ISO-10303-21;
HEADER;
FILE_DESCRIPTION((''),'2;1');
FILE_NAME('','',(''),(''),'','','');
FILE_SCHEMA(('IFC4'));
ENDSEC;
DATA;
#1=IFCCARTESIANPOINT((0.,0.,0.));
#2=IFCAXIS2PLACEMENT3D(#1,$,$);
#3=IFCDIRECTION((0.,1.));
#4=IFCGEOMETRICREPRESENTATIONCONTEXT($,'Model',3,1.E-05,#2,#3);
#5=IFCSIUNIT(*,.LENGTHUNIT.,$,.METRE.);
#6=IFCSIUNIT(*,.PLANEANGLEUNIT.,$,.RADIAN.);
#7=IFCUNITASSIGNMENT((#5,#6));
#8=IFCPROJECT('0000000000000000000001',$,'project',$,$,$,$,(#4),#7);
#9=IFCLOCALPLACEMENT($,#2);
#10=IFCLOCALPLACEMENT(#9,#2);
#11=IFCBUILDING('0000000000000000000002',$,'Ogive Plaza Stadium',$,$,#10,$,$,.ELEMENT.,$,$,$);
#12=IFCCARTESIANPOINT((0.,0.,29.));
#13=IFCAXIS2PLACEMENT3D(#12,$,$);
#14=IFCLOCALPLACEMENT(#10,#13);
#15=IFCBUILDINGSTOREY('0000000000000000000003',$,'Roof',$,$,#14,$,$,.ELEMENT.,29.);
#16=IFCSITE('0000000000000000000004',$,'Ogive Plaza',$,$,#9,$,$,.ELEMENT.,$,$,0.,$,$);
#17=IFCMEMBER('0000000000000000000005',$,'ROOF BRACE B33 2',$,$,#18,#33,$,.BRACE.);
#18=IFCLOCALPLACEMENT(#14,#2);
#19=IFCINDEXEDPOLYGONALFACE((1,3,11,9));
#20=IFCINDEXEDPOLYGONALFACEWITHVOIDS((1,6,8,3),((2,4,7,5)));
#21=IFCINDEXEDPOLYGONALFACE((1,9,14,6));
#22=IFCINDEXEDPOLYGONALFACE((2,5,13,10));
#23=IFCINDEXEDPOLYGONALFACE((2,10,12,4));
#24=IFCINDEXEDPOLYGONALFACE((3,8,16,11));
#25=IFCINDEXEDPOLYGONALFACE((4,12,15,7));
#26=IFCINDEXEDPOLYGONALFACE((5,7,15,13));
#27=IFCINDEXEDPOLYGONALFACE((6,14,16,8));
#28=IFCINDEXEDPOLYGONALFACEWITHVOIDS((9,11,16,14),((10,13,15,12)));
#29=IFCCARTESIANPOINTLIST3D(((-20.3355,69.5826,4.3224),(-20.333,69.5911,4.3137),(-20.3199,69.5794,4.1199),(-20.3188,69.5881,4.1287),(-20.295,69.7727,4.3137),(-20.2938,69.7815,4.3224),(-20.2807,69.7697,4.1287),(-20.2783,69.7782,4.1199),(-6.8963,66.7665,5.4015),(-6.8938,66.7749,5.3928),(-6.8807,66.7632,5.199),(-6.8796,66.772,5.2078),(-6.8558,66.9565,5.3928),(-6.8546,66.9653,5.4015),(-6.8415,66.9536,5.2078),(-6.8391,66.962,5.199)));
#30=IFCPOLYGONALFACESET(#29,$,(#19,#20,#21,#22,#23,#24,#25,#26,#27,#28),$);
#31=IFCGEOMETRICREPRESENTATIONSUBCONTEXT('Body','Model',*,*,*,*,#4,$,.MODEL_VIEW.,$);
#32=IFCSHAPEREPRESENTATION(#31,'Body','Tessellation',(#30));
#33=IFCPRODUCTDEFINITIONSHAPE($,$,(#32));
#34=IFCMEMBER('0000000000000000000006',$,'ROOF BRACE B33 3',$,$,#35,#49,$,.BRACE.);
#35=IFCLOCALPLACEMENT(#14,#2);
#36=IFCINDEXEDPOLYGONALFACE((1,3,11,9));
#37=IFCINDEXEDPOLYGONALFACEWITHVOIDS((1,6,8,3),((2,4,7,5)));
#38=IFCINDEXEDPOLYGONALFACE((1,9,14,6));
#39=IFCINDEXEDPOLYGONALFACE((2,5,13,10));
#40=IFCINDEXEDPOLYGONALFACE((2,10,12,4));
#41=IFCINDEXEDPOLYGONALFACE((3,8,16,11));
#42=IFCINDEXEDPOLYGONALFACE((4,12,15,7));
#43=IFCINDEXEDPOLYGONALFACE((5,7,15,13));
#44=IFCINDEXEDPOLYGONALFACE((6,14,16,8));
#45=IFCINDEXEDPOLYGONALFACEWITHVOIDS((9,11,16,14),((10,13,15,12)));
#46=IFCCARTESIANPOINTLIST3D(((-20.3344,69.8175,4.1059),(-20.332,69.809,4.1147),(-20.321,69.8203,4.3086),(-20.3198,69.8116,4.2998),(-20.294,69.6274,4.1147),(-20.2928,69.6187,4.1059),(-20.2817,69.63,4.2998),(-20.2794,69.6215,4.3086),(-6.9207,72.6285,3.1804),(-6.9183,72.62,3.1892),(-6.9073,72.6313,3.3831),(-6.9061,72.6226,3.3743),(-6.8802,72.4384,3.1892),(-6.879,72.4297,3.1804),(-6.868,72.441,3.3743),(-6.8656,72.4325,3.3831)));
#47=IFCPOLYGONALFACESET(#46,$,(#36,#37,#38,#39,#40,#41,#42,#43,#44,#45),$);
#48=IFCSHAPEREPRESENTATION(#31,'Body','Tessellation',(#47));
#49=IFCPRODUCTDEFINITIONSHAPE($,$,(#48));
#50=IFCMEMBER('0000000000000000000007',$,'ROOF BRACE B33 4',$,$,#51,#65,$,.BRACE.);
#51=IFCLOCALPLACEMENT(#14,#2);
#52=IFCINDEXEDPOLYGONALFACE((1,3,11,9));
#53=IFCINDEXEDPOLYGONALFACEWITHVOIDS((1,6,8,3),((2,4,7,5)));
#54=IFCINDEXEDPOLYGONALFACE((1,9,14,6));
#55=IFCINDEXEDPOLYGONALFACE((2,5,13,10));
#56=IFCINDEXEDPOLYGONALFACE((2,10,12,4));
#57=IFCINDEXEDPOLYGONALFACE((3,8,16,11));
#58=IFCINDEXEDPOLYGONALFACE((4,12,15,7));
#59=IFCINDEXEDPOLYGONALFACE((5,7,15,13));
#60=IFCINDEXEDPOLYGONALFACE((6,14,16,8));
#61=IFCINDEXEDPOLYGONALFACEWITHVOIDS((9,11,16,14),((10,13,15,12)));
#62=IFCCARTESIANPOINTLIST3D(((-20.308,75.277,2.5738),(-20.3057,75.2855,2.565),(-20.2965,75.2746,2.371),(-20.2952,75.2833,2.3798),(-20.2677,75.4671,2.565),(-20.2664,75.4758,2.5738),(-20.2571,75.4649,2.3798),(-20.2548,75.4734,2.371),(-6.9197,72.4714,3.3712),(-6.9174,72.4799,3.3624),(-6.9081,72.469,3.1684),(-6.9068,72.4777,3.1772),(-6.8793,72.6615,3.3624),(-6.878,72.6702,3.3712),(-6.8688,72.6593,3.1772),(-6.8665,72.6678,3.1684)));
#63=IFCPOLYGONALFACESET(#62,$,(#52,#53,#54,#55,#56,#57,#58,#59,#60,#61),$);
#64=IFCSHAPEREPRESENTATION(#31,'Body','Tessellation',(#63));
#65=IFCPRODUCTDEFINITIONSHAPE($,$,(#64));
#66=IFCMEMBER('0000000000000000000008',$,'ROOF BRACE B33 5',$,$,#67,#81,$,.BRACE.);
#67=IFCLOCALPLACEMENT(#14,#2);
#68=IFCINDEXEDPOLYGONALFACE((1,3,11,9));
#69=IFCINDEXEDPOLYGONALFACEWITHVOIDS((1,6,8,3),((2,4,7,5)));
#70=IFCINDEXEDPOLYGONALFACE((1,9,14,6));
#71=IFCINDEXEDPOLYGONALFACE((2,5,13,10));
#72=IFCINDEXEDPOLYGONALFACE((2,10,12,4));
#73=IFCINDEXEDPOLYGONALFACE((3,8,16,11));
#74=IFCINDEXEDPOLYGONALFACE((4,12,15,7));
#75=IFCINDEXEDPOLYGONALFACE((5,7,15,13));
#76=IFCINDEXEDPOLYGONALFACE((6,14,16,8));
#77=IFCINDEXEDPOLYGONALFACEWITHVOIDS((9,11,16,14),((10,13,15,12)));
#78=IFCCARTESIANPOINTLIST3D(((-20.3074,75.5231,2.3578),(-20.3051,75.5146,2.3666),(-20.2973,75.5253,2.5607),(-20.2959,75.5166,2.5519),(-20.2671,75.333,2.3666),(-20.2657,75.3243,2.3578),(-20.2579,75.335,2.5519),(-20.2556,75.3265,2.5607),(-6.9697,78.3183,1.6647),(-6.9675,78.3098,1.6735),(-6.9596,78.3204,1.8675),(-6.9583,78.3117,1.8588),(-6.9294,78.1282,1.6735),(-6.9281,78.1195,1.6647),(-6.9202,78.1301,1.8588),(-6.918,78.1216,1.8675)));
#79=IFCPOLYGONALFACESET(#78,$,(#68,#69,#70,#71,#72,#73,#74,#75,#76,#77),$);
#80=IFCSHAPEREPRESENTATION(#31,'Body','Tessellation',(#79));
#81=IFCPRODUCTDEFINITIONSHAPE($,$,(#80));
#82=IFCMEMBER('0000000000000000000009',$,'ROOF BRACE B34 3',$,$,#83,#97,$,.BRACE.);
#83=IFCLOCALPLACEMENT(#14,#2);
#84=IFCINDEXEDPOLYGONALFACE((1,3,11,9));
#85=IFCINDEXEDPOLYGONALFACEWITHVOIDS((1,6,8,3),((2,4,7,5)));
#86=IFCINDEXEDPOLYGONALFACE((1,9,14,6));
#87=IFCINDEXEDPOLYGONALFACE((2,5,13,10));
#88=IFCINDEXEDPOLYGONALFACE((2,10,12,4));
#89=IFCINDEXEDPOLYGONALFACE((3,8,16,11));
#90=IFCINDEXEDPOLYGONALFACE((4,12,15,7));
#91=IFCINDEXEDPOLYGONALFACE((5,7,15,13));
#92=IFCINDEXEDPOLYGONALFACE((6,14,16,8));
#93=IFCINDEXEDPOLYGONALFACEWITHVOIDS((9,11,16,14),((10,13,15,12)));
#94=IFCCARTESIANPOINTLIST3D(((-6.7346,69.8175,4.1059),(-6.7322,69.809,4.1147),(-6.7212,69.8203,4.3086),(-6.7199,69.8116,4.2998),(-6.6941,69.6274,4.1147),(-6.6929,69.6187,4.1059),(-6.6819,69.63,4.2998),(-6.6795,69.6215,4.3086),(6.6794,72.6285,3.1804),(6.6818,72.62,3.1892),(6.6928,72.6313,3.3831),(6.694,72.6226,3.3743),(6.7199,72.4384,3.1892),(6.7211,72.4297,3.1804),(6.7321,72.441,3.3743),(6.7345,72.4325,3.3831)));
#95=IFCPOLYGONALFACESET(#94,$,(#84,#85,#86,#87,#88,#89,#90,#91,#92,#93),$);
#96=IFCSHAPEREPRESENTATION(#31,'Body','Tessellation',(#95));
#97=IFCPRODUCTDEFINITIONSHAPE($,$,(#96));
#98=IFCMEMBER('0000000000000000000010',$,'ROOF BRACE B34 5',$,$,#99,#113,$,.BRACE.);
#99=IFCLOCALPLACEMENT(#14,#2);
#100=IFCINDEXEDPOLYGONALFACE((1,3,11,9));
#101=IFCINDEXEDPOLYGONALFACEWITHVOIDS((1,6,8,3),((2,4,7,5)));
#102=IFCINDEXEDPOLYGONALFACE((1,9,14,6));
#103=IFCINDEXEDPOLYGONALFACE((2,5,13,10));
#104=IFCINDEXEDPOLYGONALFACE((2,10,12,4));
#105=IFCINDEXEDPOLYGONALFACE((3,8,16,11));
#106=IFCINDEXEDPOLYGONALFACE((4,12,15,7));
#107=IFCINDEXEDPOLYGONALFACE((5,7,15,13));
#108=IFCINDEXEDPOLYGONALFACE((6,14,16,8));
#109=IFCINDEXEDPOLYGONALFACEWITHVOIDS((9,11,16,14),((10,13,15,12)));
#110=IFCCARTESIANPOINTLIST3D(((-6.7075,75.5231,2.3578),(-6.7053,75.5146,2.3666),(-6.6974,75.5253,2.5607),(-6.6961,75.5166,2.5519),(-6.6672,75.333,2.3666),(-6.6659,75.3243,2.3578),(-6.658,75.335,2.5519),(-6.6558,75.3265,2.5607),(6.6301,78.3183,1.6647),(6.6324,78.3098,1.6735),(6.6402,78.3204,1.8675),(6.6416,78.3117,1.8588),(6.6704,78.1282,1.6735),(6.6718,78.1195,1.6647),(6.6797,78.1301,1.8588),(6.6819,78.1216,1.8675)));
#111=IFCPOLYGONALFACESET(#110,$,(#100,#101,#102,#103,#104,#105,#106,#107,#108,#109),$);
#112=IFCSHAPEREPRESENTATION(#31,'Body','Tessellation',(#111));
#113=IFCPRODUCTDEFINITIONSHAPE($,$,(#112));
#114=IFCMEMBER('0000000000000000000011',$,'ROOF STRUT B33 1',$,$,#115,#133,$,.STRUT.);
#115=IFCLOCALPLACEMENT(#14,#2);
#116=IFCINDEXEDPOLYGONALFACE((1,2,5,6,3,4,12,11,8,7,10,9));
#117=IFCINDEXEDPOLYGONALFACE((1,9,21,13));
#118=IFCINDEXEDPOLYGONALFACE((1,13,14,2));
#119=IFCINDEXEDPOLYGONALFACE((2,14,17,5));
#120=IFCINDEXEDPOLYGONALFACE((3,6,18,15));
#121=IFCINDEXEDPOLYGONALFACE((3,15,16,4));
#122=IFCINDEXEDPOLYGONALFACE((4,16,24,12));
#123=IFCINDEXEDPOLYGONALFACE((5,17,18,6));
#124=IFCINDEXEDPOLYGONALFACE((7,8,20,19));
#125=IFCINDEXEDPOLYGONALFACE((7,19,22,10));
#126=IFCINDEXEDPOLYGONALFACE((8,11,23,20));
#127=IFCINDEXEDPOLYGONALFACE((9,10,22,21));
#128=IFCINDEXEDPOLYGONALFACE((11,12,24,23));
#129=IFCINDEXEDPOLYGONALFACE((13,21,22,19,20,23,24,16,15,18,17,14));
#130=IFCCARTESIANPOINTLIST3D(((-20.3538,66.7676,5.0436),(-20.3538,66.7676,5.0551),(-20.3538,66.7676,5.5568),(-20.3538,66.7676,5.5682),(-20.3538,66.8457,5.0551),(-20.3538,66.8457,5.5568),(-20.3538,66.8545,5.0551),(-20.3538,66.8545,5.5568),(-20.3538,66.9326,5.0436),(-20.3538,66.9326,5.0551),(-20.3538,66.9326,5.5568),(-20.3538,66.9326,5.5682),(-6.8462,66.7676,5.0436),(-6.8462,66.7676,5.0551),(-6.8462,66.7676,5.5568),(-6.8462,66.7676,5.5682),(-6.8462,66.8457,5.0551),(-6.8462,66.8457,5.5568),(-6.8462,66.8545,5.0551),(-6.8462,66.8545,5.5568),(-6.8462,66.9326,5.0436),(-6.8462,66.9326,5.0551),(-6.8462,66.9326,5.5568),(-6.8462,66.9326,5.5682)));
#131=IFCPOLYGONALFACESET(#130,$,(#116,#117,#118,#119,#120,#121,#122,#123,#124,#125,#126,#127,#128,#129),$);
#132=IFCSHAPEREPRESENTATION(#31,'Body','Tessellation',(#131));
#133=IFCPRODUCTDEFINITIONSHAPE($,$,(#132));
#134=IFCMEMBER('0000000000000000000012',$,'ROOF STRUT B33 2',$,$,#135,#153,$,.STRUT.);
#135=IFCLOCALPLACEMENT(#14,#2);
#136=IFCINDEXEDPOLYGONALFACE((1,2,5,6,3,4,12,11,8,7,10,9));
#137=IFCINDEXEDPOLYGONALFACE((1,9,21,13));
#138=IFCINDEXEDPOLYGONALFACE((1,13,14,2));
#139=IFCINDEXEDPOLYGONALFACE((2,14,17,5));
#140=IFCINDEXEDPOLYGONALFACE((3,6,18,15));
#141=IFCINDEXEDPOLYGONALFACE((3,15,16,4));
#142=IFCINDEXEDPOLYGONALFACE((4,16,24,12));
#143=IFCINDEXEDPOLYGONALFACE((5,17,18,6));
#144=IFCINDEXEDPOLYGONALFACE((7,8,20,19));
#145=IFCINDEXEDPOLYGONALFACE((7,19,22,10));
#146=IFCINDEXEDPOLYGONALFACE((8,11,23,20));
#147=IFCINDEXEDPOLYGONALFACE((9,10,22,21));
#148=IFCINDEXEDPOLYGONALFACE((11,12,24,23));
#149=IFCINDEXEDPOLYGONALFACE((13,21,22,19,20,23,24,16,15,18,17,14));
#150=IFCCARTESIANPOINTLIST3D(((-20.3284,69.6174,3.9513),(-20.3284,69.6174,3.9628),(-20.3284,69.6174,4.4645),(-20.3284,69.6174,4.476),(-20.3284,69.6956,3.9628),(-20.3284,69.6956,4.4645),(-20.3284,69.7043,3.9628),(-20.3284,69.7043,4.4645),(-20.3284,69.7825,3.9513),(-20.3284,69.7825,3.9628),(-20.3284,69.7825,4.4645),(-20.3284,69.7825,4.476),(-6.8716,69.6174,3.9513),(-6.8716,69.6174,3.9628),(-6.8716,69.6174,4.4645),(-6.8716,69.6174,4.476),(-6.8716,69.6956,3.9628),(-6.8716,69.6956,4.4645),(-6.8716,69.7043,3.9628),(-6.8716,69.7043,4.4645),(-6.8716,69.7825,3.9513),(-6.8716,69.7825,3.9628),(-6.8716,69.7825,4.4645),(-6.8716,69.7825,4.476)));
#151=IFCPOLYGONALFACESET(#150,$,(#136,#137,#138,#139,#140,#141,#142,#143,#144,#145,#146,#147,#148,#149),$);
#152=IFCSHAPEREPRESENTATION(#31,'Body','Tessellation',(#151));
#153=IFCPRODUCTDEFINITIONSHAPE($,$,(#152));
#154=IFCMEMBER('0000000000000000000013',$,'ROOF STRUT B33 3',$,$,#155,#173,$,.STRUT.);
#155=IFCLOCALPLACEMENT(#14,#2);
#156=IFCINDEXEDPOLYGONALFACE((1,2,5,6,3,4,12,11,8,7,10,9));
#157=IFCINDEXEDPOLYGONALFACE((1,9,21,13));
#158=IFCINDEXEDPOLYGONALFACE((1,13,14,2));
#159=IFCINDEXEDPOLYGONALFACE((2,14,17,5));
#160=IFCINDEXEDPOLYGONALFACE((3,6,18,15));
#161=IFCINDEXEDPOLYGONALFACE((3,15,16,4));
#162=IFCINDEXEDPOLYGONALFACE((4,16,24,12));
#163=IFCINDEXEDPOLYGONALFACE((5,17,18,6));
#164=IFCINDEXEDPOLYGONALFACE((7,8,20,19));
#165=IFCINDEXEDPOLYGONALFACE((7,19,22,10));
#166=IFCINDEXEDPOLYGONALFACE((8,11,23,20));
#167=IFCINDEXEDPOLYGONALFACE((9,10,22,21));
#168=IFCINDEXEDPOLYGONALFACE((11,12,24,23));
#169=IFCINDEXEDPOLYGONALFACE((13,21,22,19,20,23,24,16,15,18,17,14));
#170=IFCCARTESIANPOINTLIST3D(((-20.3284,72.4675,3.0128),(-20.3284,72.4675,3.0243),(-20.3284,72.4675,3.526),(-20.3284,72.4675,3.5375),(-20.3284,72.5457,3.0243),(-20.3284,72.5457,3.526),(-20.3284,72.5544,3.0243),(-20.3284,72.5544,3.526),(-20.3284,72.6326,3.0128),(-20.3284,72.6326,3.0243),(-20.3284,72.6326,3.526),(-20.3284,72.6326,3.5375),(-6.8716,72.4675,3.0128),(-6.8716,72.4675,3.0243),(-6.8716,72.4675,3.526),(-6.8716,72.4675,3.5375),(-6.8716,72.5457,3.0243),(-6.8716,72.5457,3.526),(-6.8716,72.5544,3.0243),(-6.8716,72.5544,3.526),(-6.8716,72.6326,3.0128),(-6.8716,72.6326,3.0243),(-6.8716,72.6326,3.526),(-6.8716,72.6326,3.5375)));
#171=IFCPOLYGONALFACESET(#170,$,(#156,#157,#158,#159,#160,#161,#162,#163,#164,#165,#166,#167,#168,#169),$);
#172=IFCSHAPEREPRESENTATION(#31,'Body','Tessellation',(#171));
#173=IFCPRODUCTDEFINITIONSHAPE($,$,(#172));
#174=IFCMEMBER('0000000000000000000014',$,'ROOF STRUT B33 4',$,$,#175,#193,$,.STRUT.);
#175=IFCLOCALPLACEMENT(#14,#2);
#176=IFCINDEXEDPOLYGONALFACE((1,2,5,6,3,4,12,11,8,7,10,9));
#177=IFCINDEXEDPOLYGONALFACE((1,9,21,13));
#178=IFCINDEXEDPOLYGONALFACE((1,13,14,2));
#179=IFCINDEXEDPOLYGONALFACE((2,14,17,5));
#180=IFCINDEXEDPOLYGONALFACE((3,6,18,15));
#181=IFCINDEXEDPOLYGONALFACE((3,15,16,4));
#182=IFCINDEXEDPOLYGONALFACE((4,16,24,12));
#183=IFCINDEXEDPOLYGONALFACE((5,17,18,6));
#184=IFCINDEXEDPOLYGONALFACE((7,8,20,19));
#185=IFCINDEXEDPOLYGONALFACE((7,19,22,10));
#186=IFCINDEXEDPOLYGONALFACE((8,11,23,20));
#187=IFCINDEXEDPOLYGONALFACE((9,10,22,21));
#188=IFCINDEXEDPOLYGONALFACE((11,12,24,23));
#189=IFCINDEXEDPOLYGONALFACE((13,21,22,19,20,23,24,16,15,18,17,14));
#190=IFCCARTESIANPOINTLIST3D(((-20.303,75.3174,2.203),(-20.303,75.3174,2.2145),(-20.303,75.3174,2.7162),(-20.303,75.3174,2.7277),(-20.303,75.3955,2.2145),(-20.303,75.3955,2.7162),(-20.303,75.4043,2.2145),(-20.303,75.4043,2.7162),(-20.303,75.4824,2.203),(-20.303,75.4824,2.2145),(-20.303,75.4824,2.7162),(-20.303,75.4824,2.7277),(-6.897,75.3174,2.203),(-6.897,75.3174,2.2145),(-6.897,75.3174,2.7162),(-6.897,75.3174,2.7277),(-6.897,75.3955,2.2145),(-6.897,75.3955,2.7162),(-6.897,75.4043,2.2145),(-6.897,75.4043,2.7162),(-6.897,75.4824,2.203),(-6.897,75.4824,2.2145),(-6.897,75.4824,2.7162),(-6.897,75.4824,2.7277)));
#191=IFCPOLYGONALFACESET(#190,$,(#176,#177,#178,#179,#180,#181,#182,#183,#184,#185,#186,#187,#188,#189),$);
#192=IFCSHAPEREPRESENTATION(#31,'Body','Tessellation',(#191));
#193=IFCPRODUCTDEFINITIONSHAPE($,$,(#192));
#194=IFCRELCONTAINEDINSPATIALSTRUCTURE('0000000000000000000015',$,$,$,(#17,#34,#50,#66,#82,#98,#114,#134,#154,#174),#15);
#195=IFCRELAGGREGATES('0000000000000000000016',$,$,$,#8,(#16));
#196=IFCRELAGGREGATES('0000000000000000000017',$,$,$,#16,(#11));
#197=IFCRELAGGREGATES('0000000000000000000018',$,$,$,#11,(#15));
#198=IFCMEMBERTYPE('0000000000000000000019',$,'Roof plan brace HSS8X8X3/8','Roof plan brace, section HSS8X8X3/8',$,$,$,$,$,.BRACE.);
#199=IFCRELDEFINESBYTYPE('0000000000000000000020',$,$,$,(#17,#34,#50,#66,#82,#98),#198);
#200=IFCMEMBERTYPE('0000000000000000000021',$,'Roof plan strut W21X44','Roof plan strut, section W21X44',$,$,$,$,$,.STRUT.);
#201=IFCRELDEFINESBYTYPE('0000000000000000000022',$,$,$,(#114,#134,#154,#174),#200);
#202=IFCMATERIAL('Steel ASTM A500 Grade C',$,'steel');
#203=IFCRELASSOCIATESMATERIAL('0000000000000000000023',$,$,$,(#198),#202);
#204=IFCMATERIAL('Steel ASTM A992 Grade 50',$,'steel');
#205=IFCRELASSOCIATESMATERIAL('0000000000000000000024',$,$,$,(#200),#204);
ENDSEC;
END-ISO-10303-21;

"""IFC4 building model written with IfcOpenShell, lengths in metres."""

from ifc_helpers import new_model, si_unit, direction, frame, origin, origin_2d, place, context, subcontext, project, spatial, hollow_rectangle, i_section, extrude, material, material_profile, profile_set, type_object, element, save


model = new_model("IFC4")

# Units and contexts
model_context = context("Model", 3, precision=1e-05, world=origin(), true_north=direction((0.0, 1.0)))
body_context = subcontext(model_context, "Body", "Model", "MODEL_VIEW")
ifc_project = project(units=[si_unit("LENGTHUNIT", "METRE"), si_unit("PLANEANGLEUNIT", "RADIAN")], contexts=[model_context])

# Site, building, storey
site_placement = place(None, origin())
site = spatial("IfcSite", under=ifc_project, at=site_placement, Name="Ogive Plaza", CompositionType="ELEMENT", RefElevation=0.0)
building_placement = place(site_placement, origin())
building = spatial("IfcBuilding", under=site, at=building_placement, Name="Ogive Plaza Stadium", CompositionType="ELEMENT")
storey_placement = place(building_placement, frame((0.0, 0.0, 29.0)))
storey = spatial("IfcBuildingStorey", under=building, at=storey_placement, Name="Roof", CompositionType="ELEMENT", Elevation=29.0)

# Members
ifc_material_1 = material(Name="Steel ASTM A500 Grade C", Category="steel")
ifc_material_profile_1 = material_profile(ifc_material_1, hollow_rectangle(XDim=0.2031, YDim=0.2031, WallThickness=0.0088, at=origin_2d()), Name="HSS8X8X3/8")
ifc_profile_set_1 = profile_set([ifc_material_profile_1], Name="Steel ASTM A500 Grade C")
member_type_1 = type_object("IfcMemberType", Name="Roof plan brace HSS8X8X3/8", Description="Roof plan brace, section HSS8X8X3/8", PredefinedType="BRACE", material=ifc_profile_set_1)
member_1_placement = place(storey_placement, frame((-6.8677, 66.8643, 5.3003), z_axis=(-0.975734, 0.204463, -0.078347), x_axis=(-0.205094, -0.978742, 0.0)))
element("IfcMember", 1, at=member_1_placement, inside=storey, type_object=member_type_1, Name="ROOF BRACE B33 2", PredefinedType="BRACE", context=body_context, shape_type="SweptSolid", body=[
    extrude(hollow_rectangle(XDim=0.2031, YDim=0.2031, WallThickness=0.0088, at=origin_2d()), origin(), (0.0, 0.0, 1.0), 13.7734),
])
member_2_placement = place(storey_placement, frame((-20.3069, 69.7195, 4.2073), z_axis=(0.976515, 0.204641, -0.067378), x_axis=(-0.205107, 0.97874, 0.0)))
element("IfcMember", 2, at=member_2_placement, inside=storey, type_object=member_type_1, Name="ROOF BRACE B33 3", PredefinedType="BRACE", context=body_context, shape_type="SweptSolid", body=[
    extrude(hollow_rectangle(XDim=0.2031, YDim=0.2031, WallThickness=0.0088, at=origin_2d()), origin(), (0.0, 0.0, 1.0), 13.7363),
])
member_3_placement = place(storey_placement, frame((-6.8931, 72.5696, 3.2698), z_axis=(-0.977082, 0.204756, -0.058191), x_axis=(-0.205104, -0.97874, 0.0)))
element("IfcMember", 3, at=member_3_placement, inside=storey, type_object=member_type_1, Name="ROOF BRACE B33 4", PredefinedType="BRACE", context=body_context, shape_type="SweptSolid", body=[
    extrude(hollow_rectangle(XDim=0.2031, YDim=0.2031, WallThickness=0.0088, at=origin_2d()), origin(), (0.0, 0.0, 1.0), 13.7024),
])
member_4_placement = place(storey_placement, frame((-20.2815, 75.4248, 2.4592), z_axis=(0.977475, 0.204849, -0.050796), x_axis=(-0.205114, 0.978738, 0.0)))
element("IfcMember", 4, at=member_4_placement, inside=storey, type_object=member_type_1, Name="ROOF BRACE B33 5", PredefinedType="BRACE", context=body_context, shape_type="SweptSolid", body=[
    extrude(hollow_rectangle(XDim=0.2031, YDim=0.2031, WallThickness=0.0088, at=origin_2d()), origin(), (0.0, 0.0, 1.0), 13.645),
])
member_5_placement = place(storey_placement, frame((-6.707, 69.7195, 4.2073), z_axis=(0.976516, 0.204638, -0.067377), x_axis=(-0.205104, 0.97874, 0.0)))
element("IfcMember", 5, at=member_5_placement, inside=storey, type_object=member_type_1, Name="ROOF BRACE B34 3", PredefinedType="BRACE", context=body_context, shape_type="SweptSolid", body=[
    extrude(hollow_rectangle(XDim=0.2031, YDim=0.2031, WallThickness=0.0088, at=origin_2d()), origin(), (0.0, 0.0, 1.0), 13.7366),
])
member_6_placement = place(storey_placement, frame((-6.6816, 75.4248, 2.4592), z_axis=(0.977475, 0.204849, -0.050796), x_axis=(-0.205114, 0.978738, 0.0)))
element("IfcMember", 6, at=member_6_placement, inside=storey, type_object=member_type_1, Name="ROOF BRACE B34 5", PredefinedType="BRACE", context=body_context, shape_type="SweptSolid", body=[
    extrude(hollow_rectangle(XDim=0.2031, YDim=0.2031, WallThickness=0.0088, at=origin_2d()), origin(), (0.0, 0.0, 1.0), 13.645),
])
ifc_material_2 = material(Name="Steel ASTM A992 Grade 50", Category="steel")
ifc_material_profile_2 = material_profile(ifc_material_2, i_section(OverallWidth=0.165, OverallDepth=0.5247, WebThickness=0.0088, FlangeThickness=0.0115, at=origin_2d()), Name="W21X44")
ifc_profile_set_2 = profile_set([ifc_material_profile_2], Name="Steel ASTM A992 Grade 50")
member_type_2 = type_object("IfcMemberType", Name="Roof plan strut W21X44", Description="Roof plan strut, section W21X44", PredefinedType="STRUT", material=ifc_profile_set_2)
member_7_placement = place(storey_placement, frame((-20.3538, 66.8501, 5.3059), z_axis=(1.0, 0.0, 0.0), x_axis=(0.0, 1.0, 0.0)))
element("IfcMember", 7, at=member_7_placement, inside=storey, type_object=member_type_2, Name="ROOF STRUT B33 1", PredefinedType="STRUT", context=body_context, shape_type="SweptSolid", body=[
    extrude(i_section(OverallWidth=0.165, OverallDepth=0.5247, WebThickness=0.0088, FlangeThickness=0.0115, at=origin_2d()), origin(), (0.0, 0.0, 1.0), 13.5076),
])
for number, where, z_axis, x_axis, name in (
    (8, (-20.3284, 69.7, 4.2136), (1.0, 0.0, 0.0), (0.0, 1.0, 0.0), "ROOF STRUT B33 2"),
    (9, (-20.3284, 72.55, 3.2751), (1.0, 0.0, 0.0), (0.0, 1.0, 0.0), "ROOF STRUT B33 3"),
):
    element("IfcMember", number, at=place(storey_placement, frame(where, z_axis=z_axis, x_axis=x_axis)), inside=storey, type_object=member_type_2, Name=name, PredefinedType="STRUT", context=body_context, shape_type="SweptSolid", body=[
        extrude(i_section(OverallWidth=0.165, OverallDepth=0.5247, WebThickness=0.0088, FlangeThickness=0.0115, at=origin_2d()), origin(), (0.0, 0.0, 1.0), 13.4568),
    ])
member_8_placement = place(storey_placement, frame((-20.303, 75.3999, 2.4653), z_axis=(1.0, 0.0, 0.0), x_axis=(0.0, 1.0, 0.0)))
element("IfcMember", 10, at=member_8_placement, inside=storey, type_object=member_type_2, Name="ROOF STRUT B33 4", PredefinedType="STRUT", context=body_context, shape_type="SweptSolid", body=[
    extrude(i_section(OverallWidth=0.165, OverallDepth=0.5247, WebThickness=0.0088, FlangeThickness=0.0115, at=origin_2d()), origin(), (0.0, 0.0, 1.0), 13.406),
])

save(model, "model.ifc")
